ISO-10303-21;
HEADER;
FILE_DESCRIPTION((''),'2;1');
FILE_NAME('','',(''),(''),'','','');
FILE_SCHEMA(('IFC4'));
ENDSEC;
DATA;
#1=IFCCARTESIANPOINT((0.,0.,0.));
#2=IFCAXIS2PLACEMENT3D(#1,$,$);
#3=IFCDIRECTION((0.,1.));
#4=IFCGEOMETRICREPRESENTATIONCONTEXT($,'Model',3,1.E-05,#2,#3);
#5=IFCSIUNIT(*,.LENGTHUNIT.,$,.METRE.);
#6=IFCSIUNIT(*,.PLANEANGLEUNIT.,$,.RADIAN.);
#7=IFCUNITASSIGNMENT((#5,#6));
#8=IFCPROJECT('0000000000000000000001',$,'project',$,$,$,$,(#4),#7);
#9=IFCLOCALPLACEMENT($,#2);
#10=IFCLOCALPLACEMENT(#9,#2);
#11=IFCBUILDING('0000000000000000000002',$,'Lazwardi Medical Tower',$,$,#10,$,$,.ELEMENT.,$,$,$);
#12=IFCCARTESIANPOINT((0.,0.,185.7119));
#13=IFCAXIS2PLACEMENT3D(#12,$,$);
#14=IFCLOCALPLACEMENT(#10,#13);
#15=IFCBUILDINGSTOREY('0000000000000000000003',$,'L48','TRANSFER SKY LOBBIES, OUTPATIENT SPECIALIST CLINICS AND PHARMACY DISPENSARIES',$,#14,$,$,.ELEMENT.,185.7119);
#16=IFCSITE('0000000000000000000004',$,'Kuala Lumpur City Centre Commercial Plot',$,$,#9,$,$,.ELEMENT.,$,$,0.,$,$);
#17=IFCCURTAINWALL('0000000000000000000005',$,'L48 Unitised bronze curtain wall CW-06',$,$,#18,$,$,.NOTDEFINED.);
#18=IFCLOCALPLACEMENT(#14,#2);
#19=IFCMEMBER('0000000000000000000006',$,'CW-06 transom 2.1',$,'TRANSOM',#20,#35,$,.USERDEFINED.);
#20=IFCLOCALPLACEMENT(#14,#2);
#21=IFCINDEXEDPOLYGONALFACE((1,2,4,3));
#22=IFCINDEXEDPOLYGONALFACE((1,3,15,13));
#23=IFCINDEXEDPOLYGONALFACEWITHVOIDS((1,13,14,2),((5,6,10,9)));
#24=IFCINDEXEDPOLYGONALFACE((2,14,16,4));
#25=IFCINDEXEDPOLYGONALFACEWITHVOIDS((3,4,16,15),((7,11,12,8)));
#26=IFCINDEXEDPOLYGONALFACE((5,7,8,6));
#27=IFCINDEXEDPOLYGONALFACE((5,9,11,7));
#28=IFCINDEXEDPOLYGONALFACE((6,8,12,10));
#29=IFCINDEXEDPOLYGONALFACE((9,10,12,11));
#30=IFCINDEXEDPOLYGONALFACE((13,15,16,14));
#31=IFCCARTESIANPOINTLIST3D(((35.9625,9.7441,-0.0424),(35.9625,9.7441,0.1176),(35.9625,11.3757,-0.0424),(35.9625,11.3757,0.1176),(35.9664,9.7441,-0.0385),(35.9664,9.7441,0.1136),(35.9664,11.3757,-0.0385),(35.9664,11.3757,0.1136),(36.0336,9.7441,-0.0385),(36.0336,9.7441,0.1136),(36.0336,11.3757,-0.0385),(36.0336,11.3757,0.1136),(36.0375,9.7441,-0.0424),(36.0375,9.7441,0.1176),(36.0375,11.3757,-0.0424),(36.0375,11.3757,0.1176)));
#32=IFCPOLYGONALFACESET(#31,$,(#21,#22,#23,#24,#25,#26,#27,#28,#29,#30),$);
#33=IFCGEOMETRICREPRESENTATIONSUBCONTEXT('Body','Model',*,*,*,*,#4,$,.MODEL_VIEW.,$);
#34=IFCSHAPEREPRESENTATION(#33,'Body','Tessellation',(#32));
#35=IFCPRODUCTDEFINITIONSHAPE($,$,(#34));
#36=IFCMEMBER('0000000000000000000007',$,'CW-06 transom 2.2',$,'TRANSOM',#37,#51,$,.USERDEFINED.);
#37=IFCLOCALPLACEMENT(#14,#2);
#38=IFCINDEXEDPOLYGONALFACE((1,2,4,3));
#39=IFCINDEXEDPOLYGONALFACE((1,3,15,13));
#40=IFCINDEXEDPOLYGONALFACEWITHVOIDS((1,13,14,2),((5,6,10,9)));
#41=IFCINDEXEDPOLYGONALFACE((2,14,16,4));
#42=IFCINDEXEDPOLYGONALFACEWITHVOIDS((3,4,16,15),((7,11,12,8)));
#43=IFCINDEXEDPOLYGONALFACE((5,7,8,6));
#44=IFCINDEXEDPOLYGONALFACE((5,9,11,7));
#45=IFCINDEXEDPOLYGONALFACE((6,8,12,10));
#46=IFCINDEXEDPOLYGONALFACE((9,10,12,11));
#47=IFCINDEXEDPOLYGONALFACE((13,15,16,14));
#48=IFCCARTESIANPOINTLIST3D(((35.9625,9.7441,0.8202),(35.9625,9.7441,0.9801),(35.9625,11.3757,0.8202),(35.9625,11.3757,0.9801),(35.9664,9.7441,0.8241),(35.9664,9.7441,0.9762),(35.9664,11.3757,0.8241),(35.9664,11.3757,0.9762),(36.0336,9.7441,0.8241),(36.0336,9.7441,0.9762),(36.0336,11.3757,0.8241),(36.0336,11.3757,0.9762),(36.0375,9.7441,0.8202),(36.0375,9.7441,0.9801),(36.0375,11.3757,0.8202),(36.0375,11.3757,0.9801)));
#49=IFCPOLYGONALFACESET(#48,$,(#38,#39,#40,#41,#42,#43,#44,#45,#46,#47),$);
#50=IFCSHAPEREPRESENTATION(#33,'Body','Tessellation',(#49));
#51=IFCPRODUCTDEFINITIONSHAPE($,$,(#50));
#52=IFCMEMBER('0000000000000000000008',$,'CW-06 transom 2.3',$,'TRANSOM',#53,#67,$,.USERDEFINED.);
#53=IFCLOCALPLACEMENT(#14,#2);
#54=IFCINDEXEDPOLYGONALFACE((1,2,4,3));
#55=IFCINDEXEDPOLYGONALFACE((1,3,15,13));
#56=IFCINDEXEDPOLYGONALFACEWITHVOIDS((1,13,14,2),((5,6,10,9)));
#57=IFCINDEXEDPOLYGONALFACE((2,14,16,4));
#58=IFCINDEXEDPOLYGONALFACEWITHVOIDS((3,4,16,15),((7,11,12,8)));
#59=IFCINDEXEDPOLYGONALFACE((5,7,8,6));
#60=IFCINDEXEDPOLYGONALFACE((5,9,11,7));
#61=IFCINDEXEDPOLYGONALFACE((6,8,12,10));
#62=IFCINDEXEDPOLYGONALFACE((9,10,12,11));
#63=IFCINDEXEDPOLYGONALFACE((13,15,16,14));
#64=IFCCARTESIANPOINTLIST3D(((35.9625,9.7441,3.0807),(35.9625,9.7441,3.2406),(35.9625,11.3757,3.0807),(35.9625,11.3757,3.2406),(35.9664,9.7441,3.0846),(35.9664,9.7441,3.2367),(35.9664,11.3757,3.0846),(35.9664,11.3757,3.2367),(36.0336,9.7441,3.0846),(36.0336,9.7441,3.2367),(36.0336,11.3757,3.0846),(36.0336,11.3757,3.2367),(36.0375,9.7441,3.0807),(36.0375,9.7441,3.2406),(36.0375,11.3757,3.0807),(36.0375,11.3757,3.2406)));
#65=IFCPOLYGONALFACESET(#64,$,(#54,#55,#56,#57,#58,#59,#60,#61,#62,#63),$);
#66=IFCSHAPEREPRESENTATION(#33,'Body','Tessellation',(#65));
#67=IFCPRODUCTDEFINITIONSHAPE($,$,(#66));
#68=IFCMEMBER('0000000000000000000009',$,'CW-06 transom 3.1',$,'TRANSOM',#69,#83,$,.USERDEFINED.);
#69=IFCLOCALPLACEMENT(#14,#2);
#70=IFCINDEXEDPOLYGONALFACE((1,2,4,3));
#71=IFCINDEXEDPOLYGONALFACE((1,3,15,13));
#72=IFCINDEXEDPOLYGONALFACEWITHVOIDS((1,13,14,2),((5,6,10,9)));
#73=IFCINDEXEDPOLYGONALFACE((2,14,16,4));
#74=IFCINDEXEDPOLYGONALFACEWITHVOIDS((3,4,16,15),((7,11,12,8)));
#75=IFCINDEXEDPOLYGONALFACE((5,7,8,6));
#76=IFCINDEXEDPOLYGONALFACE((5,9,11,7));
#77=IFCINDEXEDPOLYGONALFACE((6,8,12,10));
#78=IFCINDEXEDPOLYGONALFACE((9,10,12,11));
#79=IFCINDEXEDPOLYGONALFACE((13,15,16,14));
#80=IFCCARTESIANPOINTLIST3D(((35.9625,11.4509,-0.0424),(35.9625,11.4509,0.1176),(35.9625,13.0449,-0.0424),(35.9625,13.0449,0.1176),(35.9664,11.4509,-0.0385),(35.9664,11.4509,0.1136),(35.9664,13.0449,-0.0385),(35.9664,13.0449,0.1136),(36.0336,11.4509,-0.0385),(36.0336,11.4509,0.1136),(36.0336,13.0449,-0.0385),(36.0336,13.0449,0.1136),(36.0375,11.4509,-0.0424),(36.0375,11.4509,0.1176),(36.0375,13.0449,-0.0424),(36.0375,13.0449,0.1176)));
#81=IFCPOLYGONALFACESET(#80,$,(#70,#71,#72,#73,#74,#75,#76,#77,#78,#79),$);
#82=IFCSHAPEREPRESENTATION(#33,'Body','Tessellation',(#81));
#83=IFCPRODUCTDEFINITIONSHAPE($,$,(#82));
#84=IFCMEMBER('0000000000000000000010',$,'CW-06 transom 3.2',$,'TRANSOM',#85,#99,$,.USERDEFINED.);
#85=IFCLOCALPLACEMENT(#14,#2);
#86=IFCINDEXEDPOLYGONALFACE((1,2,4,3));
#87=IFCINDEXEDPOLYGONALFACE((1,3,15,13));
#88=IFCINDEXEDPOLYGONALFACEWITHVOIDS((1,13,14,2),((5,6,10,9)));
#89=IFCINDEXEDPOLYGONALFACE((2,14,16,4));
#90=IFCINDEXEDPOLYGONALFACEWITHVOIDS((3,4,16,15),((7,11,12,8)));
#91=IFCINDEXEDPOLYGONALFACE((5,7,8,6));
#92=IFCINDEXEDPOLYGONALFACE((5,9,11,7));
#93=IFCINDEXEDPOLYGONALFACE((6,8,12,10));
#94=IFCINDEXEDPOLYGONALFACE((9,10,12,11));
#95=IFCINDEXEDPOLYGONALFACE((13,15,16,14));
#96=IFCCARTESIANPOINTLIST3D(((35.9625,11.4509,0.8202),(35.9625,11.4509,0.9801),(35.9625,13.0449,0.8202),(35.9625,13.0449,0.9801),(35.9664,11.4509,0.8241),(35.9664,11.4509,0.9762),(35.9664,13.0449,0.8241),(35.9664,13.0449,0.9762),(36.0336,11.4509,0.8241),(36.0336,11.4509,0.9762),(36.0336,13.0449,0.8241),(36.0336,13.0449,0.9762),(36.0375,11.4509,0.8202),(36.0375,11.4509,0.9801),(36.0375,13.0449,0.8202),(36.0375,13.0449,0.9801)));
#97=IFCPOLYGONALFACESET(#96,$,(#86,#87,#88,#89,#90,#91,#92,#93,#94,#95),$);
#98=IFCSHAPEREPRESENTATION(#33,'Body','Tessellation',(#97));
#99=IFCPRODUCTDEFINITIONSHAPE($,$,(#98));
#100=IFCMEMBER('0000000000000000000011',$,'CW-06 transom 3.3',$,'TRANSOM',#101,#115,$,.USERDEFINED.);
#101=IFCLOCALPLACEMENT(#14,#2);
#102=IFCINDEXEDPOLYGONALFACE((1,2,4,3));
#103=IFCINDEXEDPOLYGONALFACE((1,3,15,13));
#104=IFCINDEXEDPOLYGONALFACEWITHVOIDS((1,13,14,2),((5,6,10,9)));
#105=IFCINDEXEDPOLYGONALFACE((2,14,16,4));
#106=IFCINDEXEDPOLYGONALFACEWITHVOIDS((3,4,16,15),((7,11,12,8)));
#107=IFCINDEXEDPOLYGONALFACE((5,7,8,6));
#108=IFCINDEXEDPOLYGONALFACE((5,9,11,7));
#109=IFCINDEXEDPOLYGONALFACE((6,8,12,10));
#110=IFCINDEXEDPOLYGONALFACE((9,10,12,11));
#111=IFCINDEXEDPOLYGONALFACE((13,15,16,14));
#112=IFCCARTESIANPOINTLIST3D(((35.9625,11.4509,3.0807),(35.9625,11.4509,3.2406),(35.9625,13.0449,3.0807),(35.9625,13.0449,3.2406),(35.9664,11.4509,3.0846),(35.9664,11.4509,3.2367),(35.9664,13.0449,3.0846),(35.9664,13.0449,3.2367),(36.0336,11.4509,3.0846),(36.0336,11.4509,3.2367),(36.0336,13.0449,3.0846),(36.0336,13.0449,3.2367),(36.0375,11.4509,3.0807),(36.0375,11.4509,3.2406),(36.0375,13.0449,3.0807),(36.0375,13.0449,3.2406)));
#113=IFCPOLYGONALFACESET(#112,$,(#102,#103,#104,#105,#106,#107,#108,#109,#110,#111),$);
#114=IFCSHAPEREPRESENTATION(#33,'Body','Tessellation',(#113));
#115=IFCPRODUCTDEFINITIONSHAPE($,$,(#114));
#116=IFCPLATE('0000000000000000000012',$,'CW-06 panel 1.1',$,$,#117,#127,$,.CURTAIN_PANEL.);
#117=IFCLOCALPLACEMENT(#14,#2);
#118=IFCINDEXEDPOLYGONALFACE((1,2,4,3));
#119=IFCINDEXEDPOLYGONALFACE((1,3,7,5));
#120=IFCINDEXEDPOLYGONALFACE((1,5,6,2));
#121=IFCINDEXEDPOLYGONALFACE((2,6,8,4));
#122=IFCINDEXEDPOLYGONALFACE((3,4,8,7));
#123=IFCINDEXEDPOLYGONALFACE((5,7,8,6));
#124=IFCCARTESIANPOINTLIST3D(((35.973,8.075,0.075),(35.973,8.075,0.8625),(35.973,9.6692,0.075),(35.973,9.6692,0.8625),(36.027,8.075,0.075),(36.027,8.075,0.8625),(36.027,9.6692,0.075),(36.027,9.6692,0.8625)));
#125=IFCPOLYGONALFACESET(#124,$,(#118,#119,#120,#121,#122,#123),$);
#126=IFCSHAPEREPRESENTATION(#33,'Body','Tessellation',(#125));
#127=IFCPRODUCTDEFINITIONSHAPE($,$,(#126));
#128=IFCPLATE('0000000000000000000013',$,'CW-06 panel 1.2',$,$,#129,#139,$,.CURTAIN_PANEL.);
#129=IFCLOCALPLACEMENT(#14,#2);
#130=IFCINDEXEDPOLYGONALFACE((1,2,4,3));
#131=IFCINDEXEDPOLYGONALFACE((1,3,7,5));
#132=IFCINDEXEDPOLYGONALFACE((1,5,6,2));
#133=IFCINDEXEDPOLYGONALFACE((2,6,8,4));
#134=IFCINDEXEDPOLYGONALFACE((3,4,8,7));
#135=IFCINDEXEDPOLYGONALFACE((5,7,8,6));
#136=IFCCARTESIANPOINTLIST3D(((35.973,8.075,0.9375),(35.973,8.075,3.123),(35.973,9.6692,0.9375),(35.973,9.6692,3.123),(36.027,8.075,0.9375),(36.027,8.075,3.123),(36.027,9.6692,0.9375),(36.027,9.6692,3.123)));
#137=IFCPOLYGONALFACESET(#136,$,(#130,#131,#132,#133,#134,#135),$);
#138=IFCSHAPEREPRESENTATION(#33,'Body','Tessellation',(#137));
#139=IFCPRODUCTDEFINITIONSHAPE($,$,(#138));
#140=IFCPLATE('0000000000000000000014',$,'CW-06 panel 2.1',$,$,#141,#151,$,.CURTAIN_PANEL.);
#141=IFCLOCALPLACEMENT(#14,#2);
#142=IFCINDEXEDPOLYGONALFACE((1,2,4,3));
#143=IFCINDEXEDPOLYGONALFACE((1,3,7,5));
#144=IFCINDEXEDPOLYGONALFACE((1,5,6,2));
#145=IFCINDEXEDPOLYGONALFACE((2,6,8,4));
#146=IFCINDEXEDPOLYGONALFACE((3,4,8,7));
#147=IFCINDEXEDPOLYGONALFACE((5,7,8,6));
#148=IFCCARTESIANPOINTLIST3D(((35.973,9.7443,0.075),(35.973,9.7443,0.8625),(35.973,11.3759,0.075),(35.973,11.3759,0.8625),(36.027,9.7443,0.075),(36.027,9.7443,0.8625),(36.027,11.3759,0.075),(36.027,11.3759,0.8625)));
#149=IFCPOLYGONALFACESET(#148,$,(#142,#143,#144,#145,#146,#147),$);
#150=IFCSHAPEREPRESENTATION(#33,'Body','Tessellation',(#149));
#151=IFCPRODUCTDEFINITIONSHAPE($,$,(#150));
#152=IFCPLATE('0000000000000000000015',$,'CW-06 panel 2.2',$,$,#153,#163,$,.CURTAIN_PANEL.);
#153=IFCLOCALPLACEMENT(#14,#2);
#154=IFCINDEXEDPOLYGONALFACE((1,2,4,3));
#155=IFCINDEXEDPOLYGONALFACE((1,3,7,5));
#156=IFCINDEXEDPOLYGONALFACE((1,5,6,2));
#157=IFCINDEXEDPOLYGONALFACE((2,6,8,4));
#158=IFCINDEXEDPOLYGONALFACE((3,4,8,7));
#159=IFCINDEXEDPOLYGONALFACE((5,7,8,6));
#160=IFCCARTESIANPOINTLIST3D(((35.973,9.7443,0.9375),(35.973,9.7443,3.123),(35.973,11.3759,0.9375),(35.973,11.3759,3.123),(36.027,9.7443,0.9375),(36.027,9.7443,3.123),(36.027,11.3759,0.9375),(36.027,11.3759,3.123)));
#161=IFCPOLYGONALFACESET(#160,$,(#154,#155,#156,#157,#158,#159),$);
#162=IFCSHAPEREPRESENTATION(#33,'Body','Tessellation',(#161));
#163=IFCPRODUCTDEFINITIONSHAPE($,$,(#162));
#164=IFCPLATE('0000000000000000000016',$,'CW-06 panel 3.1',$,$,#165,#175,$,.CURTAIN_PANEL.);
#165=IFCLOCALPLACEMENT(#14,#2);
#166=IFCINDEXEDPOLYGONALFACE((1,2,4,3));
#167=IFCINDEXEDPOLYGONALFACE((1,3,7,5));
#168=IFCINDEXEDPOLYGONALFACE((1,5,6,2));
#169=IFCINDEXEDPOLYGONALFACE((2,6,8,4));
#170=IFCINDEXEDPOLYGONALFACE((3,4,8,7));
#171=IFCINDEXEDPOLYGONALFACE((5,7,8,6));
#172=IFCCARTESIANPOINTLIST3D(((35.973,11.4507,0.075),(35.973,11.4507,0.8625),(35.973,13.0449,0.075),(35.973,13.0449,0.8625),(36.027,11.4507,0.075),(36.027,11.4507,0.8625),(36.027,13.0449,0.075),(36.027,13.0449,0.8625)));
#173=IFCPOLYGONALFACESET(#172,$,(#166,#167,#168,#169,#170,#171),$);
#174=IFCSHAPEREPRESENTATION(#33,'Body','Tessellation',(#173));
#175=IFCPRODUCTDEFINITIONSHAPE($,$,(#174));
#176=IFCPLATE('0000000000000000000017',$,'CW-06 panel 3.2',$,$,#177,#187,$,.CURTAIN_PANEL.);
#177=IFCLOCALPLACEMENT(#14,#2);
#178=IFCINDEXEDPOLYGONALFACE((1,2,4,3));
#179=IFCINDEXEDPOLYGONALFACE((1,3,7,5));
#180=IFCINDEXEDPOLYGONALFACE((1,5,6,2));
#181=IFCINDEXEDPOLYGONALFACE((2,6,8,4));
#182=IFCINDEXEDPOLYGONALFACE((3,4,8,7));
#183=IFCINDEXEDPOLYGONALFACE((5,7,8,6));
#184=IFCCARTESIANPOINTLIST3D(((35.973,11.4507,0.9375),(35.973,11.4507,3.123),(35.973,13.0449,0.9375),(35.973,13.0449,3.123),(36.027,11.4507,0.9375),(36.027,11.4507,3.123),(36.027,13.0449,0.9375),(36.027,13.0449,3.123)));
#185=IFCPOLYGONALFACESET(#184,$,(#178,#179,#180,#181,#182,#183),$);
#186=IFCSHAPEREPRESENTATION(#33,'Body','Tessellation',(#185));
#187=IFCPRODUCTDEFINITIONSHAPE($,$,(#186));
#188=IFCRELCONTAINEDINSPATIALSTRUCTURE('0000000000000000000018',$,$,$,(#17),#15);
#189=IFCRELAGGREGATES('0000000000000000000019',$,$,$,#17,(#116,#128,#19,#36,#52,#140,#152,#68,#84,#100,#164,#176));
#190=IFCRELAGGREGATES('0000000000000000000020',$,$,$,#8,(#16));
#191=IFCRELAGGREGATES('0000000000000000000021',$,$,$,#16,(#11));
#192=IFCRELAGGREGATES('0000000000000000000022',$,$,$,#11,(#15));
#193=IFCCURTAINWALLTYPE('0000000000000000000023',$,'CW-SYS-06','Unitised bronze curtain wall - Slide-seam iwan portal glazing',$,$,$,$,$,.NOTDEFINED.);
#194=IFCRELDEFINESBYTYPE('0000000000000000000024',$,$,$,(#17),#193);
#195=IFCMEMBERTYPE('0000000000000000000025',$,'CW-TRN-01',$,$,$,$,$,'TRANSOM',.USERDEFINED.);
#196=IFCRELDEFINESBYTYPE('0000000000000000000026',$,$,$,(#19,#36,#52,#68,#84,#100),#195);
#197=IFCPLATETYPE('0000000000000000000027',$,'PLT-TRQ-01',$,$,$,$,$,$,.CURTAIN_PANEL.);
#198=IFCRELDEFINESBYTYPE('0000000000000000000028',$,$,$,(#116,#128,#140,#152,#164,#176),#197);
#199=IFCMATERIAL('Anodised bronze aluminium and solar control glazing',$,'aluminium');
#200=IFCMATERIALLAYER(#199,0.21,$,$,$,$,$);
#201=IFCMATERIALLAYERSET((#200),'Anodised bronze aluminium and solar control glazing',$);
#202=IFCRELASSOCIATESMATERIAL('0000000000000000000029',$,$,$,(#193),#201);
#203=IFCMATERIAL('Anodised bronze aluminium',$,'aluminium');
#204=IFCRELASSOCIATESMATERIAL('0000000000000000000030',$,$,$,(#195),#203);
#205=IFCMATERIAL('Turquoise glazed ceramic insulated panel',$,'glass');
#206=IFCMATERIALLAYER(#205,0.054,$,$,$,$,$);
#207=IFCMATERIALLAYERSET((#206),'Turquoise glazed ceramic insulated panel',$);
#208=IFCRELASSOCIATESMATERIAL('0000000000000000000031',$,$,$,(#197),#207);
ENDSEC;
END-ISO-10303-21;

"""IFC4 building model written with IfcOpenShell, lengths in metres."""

from ifc_helpers import new_model, si_unit, direction, frame, origin, origin_2d, place, context, subcontext, project, spatial, rectangle, hollow_rectangle, extrude, material, layer, layer_set, material_profile, profile_set, type_object, element, aggregate, save


model = new_model("IFC4")

# Units and contexts
model_context = context("Model", 3, precision=1e-05, world=origin(), true_north=direction((0.0, 1.0)))
body_context = subcontext(model_context, "Body", "Model", "MODEL_VIEW")
ifc_project = project(units=[si_unit("LENGTHUNIT", "METRE"), si_unit("PLANEANGLEUNIT", "RADIAN")], contexts=[model_context])

# Site, building, storey
site_placement = place(None, origin())
site = spatial("IfcSite", under=ifc_project, at=site_placement, Name="Kuala Lumpur City Centre Commercial Plot", CompositionType="ELEMENT", RefElevation=0.0)
building_placement = place(site_placement, origin())
building = spatial("IfcBuilding", under=site, at=building_placement, Name="Lazwardi Medical Tower", CompositionType="ELEMENT")
storey_placement = place(building_placement, frame((0.0, 0.0, 185.7119)))
storey = spatial("IfcBuildingStorey", under=building, at=storey_placement, Name="L48", Description="TRANSFER SKY LOBBIES, OUTPATIENT SPECIALIST CLINICS AND PHARMACY DISPENSARIES", CompositionType="ELEMENT", Elevation=185.7119)

# Shared definitions
ifc_material_1 = material(Name="Anodised bronze aluminium and solar control glazing", Category="aluminium")
ifc_material_2 = material(Name="Anodised bronze aluminium", Category="aluminium")

# Curtain wall
ifc_layer_1 = layer(ifc_material_1, 0.21)
ifc_layer_set_1 = layer_set([ifc_layer_1], Name="Anodised bronze aluminium and solar control glazing")
curtain_wall_type_1 = type_object("IfcCurtainWallType", Name="CW-SYS-06", Description="Unitised bronze curtain wall - Slide-seam iwan portal glazing", PredefinedType="NOTDEFINED", material=ifc_layer_set_1)
curtain_wall_1_placement = place(storey_placement, origin())
curtain_wall_1 = element("IfcCurtainWall", 1, at=curtain_wall_1_placement, inside=storey, type_object=curtain_wall_type_1, Name="L48 Unitised bronze curtain wall CW-06", PredefinedType="NOTDEFINED")

# Members
ifc_material_profile_1 = material_profile(ifc_material_2, hollow_rectangle(XDim=0.075, YDim=0.1599, WallThickness=0.0039, at=origin_2d()), Name="ALU-TRANSOM 160x75x4")
ifc_profile_set_1 = profile_set([ifc_material_profile_1], Name="Anodised bronze aluminium")
member_type_1 = type_object("IfcMemberType", Name="CW-TRN-01", ElementType="TRANSOM", PredefinedType="USERDEFINED", material=ifc_profile_set_1)
member_1_placement = place(storey_placement, frame((36.0, 9.7441, 0.0376), z_axis=(0.0, 1.0, 0.0), x_axis=(-1.0, 0.0, 0.0)))
member_1 = element("IfcMember", 2, at=member_1_placement, type_object=member_type_1, Name="CW-06 transom 2.1", ObjectType="TRANSOM", PredefinedType="USERDEFINED", context=body_context, shape_type="SweptSolid", body=[
    extrude(hollow_rectangle(XDim=0.075, YDim=0.1599, WallThickness=0.0039, at=origin_2d()), origin(), (0.0, 0.0, 1.0), 1.6316),
])
member_2_placement = place(storey_placement, frame((36.0, 9.7441, 0.9001), z_axis=(0.0, 1.0, 0.0), x_axis=(-1.0, 0.0, 0.0)))
member_2 = element("IfcMember", 3, at=member_2_placement, type_object=member_type_1, Name="CW-06 transom 2.2", ObjectType="TRANSOM", PredefinedType="USERDEFINED", context=body_context, shape_type="SweptSolid", body=[
    extrude(hollow_rectangle(XDim=0.075, YDim=0.1599, WallThickness=0.0039, at=origin_2d()), origin(), (0.0, 0.0, 1.0), 1.6316),
])
member_3_placement = place(storey_placement, frame((36.0, 9.7441, 3.1606), z_axis=(0.0, 1.0, 0.0), x_axis=(-1.0, 0.0, 0.0)))
member_3 = element("IfcMember", 4, at=member_3_placement, type_object=member_type_1, Name="CW-06 transom 2.3", ObjectType="TRANSOM", PredefinedType="USERDEFINED", context=body_context, shape_type="SweptSolid", body=[
    extrude(hollow_rectangle(XDim=0.075, YDim=0.1599, WallThickness=0.0039, at=origin_2d()), origin(), (0.0, 0.0, 1.0), 1.6316),
])
member_4_placement = place(storey_placement, frame((36.0, 11.4509, 0.0376), z_axis=(0.0, 1.0, 0.0), x_axis=(-1.0, 0.0, 0.0)))
member_4 = element("IfcMember", 5, at=member_4_placement, type_object=member_type_1, Name="CW-06 transom 3.1", ObjectType="TRANSOM", PredefinedType="USERDEFINED", context=body_context, shape_type="SweptSolid", body=[
    extrude(hollow_rectangle(XDim=0.075, YDim=0.1599, WallThickness=0.0039, at=origin_2d()), origin(), (0.0, 0.0, 1.0), 1.594),
])
member_5_placement = place(storey_placement, frame((36.0, 11.4509, 0.9001), z_axis=(0.0, 1.0, 0.0), x_axis=(-1.0, 0.0, 0.0)))
member_5 = element("IfcMember", 6, at=member_5_placement, type_object=member_type_1, Name="CW-06 transom 3.2", ObjectType="TRANSOM", PredefinedType="USERDEFINED", context=body_context, shape_type="SweptSolid", body=[
    extrude(hollow_rectangle(XDim=0.075, YDim=0.1599, WallThickness=0.0039, at=origin_2d()), origin(), (0.0, 0.0, 1.0), 1.594),
])
member_6_placement = place(storey_placement, frame((36.0, 11.4509, 3.1606), z_axis=(0.0, 1.0, 0.0), x_axis=(-1.0, 0.0, 0.0)))
member_6 = element("IfcMember", 7, at=member_6_placement, type_object=member_type_1, Name="CW-06 transom 3.3", ObjectType="TRANSOM", PredefinedType="USERDEFINED", context=body_context, shape_type="SweptSolid", body=[
    extrude(hollow_rectangle(XDim=0.075, YDim=0.1599, WallThickness=0.0039, at=origin_2d()), origin(), (0.0, 0.0, 1.0), 1.594),
])

# Plates
ifc_material_3 = material(Name="Turquoise glazed ceramic insulated panel", Category="glass")
ifc_layer_2 = layer(ifc_material_3, 0.054)
ifc_layer_set_2 = layer_set([ifc_layer_2], Name="Turquoise glazed ceramic insulated panel")
plate_type = type_object("IfcPlateType", Name="PLT-TRQ-01", PredefinedType="CURTAIN_PANEL", material=ifc_layer_set_2)
plate_1_placement = place(storey_placement, frame((36.0, 8.8721, 0.075), z_axis=(0.0, 0.0, 1.0), x_axis=(0.0, 1.0, 0.0)))
plate_1 = element("IfcPlate", 8, at=plate_1_placement, type_object=plate_type, Name="CW-06 panel 1.1", PredefinedType="CURTAIN_PANEL", context=body_context, shape_type="SweptSolid", body=[
    extrude(rectangle(XDim=1.5942, YDim=0.054, at=origin_2d()), origin(), (0.0, 0.0, 1.0), 0.7876),
])
plate_2_placement = place(storey_placement, frame((36.0, 8.8721, 0.9375), z_axis=(0.0, 0.0, 1.0), x_axis=(0.0, 1.0, 0.0)))
plate_2 = element("IfcPlate", 9, at=plate_2_placement, type_object=plate_type, Name="CW-06 panel 1.2", PredefinedType="CURTAIN_PANEL", context=body_context, shape_type="SweptSolid", body=[
    extrude(rectangle(XDim=1.5942, YDim=0.054, at=origin_2d()), origin(), (0.0, 0.0, 1.0), 2.1855),
])
plate_3_placement = place(storey_placement, frame((36.0, 10.5601, 0.075), z_axis=(0.0, 0.0, 1.0), x_axis=(0.0, 1.0, 0.0)))
plate_3 = element("IfcPlate", 10, at=plate_3_placement, type_object=plate_type, Name="CW-06 panel 2.1", PredefinedType="CURTAIN_PANEL", context=body_context, shape_type="SweptSolid", body=[
    extrude(rectangle(XDim=1.6316, YDim=0.054, at=origin_2d()), origin(), (0.0, 0.0, 1.0), 0.7876),
])
plate_4_placement = place(storey_placement, frame((36.0, 10.5601, 0.9375), z_axis=(0.0, 0.0, 1.0), x_axis=(0.0, 1.0, 0.0)))
plate_4 = element("IfcPlate", 11, at=plate_4_placement, type_object=plate_type, Name="CW-06 panel 2.2", PredefinedType="CURTAIN_PANEL", context=body_context, shape_type="SweptSolid", body=[
    extrude(rectangle(XDim=1.6316, YDim=0.054, at=origin_2d()), origin(), (0.0, 0.0, 1.0), 2.1855),
])
plate_5_placement = place(storey_placement, frame((36.0, 12.2478, 0.075), z_axis=(0.0, 0.0, 1.0), x_axis=(0.0, 1.0, 0.0)))
plate_5 = element("IfcPlate", 12, at=plate_5_placement, type_object=plate_type, Name="CW-06 panel 3.1", PredefinedType="CURTAIN_PANEL", context=body_context, shape_type="SweptSolid", body=[
    extrude(rectangle(XDim=1.5942, YDim=0.054, at=origin_2d()), origin(), (0.0, 0.0, 1.0), 0.7876),
])
plate_6_placement = place(storey_placement, frame((36.0, 12.2478, 0.9375), z_axis=(0.0, 0.0, 1.0), x_axis=(0.0, 1.0, 0.0)))
plate_6 = element("IfcPlate", 13, at=plate_6_placement, type_object=plate_type, Name="CW-06 panel 3.2", PredefinedType="CURTAIN_PANEL", context=body_context, shape_type="SweptSolid", body=[
    extrude(rectangle(XDim=1.5942, YDim=0.054, at=origin_2d()), origin(), (0.0, 0.0, 1.0), 2.1855),
])
aggregate(curtain_wall_1, [plate_1, plate_2, member_1, member_2, member_3, plate_3, plate_4, member_4, member_5, member_6, plate_5, plate_6])

save(model, "model.ifc")
